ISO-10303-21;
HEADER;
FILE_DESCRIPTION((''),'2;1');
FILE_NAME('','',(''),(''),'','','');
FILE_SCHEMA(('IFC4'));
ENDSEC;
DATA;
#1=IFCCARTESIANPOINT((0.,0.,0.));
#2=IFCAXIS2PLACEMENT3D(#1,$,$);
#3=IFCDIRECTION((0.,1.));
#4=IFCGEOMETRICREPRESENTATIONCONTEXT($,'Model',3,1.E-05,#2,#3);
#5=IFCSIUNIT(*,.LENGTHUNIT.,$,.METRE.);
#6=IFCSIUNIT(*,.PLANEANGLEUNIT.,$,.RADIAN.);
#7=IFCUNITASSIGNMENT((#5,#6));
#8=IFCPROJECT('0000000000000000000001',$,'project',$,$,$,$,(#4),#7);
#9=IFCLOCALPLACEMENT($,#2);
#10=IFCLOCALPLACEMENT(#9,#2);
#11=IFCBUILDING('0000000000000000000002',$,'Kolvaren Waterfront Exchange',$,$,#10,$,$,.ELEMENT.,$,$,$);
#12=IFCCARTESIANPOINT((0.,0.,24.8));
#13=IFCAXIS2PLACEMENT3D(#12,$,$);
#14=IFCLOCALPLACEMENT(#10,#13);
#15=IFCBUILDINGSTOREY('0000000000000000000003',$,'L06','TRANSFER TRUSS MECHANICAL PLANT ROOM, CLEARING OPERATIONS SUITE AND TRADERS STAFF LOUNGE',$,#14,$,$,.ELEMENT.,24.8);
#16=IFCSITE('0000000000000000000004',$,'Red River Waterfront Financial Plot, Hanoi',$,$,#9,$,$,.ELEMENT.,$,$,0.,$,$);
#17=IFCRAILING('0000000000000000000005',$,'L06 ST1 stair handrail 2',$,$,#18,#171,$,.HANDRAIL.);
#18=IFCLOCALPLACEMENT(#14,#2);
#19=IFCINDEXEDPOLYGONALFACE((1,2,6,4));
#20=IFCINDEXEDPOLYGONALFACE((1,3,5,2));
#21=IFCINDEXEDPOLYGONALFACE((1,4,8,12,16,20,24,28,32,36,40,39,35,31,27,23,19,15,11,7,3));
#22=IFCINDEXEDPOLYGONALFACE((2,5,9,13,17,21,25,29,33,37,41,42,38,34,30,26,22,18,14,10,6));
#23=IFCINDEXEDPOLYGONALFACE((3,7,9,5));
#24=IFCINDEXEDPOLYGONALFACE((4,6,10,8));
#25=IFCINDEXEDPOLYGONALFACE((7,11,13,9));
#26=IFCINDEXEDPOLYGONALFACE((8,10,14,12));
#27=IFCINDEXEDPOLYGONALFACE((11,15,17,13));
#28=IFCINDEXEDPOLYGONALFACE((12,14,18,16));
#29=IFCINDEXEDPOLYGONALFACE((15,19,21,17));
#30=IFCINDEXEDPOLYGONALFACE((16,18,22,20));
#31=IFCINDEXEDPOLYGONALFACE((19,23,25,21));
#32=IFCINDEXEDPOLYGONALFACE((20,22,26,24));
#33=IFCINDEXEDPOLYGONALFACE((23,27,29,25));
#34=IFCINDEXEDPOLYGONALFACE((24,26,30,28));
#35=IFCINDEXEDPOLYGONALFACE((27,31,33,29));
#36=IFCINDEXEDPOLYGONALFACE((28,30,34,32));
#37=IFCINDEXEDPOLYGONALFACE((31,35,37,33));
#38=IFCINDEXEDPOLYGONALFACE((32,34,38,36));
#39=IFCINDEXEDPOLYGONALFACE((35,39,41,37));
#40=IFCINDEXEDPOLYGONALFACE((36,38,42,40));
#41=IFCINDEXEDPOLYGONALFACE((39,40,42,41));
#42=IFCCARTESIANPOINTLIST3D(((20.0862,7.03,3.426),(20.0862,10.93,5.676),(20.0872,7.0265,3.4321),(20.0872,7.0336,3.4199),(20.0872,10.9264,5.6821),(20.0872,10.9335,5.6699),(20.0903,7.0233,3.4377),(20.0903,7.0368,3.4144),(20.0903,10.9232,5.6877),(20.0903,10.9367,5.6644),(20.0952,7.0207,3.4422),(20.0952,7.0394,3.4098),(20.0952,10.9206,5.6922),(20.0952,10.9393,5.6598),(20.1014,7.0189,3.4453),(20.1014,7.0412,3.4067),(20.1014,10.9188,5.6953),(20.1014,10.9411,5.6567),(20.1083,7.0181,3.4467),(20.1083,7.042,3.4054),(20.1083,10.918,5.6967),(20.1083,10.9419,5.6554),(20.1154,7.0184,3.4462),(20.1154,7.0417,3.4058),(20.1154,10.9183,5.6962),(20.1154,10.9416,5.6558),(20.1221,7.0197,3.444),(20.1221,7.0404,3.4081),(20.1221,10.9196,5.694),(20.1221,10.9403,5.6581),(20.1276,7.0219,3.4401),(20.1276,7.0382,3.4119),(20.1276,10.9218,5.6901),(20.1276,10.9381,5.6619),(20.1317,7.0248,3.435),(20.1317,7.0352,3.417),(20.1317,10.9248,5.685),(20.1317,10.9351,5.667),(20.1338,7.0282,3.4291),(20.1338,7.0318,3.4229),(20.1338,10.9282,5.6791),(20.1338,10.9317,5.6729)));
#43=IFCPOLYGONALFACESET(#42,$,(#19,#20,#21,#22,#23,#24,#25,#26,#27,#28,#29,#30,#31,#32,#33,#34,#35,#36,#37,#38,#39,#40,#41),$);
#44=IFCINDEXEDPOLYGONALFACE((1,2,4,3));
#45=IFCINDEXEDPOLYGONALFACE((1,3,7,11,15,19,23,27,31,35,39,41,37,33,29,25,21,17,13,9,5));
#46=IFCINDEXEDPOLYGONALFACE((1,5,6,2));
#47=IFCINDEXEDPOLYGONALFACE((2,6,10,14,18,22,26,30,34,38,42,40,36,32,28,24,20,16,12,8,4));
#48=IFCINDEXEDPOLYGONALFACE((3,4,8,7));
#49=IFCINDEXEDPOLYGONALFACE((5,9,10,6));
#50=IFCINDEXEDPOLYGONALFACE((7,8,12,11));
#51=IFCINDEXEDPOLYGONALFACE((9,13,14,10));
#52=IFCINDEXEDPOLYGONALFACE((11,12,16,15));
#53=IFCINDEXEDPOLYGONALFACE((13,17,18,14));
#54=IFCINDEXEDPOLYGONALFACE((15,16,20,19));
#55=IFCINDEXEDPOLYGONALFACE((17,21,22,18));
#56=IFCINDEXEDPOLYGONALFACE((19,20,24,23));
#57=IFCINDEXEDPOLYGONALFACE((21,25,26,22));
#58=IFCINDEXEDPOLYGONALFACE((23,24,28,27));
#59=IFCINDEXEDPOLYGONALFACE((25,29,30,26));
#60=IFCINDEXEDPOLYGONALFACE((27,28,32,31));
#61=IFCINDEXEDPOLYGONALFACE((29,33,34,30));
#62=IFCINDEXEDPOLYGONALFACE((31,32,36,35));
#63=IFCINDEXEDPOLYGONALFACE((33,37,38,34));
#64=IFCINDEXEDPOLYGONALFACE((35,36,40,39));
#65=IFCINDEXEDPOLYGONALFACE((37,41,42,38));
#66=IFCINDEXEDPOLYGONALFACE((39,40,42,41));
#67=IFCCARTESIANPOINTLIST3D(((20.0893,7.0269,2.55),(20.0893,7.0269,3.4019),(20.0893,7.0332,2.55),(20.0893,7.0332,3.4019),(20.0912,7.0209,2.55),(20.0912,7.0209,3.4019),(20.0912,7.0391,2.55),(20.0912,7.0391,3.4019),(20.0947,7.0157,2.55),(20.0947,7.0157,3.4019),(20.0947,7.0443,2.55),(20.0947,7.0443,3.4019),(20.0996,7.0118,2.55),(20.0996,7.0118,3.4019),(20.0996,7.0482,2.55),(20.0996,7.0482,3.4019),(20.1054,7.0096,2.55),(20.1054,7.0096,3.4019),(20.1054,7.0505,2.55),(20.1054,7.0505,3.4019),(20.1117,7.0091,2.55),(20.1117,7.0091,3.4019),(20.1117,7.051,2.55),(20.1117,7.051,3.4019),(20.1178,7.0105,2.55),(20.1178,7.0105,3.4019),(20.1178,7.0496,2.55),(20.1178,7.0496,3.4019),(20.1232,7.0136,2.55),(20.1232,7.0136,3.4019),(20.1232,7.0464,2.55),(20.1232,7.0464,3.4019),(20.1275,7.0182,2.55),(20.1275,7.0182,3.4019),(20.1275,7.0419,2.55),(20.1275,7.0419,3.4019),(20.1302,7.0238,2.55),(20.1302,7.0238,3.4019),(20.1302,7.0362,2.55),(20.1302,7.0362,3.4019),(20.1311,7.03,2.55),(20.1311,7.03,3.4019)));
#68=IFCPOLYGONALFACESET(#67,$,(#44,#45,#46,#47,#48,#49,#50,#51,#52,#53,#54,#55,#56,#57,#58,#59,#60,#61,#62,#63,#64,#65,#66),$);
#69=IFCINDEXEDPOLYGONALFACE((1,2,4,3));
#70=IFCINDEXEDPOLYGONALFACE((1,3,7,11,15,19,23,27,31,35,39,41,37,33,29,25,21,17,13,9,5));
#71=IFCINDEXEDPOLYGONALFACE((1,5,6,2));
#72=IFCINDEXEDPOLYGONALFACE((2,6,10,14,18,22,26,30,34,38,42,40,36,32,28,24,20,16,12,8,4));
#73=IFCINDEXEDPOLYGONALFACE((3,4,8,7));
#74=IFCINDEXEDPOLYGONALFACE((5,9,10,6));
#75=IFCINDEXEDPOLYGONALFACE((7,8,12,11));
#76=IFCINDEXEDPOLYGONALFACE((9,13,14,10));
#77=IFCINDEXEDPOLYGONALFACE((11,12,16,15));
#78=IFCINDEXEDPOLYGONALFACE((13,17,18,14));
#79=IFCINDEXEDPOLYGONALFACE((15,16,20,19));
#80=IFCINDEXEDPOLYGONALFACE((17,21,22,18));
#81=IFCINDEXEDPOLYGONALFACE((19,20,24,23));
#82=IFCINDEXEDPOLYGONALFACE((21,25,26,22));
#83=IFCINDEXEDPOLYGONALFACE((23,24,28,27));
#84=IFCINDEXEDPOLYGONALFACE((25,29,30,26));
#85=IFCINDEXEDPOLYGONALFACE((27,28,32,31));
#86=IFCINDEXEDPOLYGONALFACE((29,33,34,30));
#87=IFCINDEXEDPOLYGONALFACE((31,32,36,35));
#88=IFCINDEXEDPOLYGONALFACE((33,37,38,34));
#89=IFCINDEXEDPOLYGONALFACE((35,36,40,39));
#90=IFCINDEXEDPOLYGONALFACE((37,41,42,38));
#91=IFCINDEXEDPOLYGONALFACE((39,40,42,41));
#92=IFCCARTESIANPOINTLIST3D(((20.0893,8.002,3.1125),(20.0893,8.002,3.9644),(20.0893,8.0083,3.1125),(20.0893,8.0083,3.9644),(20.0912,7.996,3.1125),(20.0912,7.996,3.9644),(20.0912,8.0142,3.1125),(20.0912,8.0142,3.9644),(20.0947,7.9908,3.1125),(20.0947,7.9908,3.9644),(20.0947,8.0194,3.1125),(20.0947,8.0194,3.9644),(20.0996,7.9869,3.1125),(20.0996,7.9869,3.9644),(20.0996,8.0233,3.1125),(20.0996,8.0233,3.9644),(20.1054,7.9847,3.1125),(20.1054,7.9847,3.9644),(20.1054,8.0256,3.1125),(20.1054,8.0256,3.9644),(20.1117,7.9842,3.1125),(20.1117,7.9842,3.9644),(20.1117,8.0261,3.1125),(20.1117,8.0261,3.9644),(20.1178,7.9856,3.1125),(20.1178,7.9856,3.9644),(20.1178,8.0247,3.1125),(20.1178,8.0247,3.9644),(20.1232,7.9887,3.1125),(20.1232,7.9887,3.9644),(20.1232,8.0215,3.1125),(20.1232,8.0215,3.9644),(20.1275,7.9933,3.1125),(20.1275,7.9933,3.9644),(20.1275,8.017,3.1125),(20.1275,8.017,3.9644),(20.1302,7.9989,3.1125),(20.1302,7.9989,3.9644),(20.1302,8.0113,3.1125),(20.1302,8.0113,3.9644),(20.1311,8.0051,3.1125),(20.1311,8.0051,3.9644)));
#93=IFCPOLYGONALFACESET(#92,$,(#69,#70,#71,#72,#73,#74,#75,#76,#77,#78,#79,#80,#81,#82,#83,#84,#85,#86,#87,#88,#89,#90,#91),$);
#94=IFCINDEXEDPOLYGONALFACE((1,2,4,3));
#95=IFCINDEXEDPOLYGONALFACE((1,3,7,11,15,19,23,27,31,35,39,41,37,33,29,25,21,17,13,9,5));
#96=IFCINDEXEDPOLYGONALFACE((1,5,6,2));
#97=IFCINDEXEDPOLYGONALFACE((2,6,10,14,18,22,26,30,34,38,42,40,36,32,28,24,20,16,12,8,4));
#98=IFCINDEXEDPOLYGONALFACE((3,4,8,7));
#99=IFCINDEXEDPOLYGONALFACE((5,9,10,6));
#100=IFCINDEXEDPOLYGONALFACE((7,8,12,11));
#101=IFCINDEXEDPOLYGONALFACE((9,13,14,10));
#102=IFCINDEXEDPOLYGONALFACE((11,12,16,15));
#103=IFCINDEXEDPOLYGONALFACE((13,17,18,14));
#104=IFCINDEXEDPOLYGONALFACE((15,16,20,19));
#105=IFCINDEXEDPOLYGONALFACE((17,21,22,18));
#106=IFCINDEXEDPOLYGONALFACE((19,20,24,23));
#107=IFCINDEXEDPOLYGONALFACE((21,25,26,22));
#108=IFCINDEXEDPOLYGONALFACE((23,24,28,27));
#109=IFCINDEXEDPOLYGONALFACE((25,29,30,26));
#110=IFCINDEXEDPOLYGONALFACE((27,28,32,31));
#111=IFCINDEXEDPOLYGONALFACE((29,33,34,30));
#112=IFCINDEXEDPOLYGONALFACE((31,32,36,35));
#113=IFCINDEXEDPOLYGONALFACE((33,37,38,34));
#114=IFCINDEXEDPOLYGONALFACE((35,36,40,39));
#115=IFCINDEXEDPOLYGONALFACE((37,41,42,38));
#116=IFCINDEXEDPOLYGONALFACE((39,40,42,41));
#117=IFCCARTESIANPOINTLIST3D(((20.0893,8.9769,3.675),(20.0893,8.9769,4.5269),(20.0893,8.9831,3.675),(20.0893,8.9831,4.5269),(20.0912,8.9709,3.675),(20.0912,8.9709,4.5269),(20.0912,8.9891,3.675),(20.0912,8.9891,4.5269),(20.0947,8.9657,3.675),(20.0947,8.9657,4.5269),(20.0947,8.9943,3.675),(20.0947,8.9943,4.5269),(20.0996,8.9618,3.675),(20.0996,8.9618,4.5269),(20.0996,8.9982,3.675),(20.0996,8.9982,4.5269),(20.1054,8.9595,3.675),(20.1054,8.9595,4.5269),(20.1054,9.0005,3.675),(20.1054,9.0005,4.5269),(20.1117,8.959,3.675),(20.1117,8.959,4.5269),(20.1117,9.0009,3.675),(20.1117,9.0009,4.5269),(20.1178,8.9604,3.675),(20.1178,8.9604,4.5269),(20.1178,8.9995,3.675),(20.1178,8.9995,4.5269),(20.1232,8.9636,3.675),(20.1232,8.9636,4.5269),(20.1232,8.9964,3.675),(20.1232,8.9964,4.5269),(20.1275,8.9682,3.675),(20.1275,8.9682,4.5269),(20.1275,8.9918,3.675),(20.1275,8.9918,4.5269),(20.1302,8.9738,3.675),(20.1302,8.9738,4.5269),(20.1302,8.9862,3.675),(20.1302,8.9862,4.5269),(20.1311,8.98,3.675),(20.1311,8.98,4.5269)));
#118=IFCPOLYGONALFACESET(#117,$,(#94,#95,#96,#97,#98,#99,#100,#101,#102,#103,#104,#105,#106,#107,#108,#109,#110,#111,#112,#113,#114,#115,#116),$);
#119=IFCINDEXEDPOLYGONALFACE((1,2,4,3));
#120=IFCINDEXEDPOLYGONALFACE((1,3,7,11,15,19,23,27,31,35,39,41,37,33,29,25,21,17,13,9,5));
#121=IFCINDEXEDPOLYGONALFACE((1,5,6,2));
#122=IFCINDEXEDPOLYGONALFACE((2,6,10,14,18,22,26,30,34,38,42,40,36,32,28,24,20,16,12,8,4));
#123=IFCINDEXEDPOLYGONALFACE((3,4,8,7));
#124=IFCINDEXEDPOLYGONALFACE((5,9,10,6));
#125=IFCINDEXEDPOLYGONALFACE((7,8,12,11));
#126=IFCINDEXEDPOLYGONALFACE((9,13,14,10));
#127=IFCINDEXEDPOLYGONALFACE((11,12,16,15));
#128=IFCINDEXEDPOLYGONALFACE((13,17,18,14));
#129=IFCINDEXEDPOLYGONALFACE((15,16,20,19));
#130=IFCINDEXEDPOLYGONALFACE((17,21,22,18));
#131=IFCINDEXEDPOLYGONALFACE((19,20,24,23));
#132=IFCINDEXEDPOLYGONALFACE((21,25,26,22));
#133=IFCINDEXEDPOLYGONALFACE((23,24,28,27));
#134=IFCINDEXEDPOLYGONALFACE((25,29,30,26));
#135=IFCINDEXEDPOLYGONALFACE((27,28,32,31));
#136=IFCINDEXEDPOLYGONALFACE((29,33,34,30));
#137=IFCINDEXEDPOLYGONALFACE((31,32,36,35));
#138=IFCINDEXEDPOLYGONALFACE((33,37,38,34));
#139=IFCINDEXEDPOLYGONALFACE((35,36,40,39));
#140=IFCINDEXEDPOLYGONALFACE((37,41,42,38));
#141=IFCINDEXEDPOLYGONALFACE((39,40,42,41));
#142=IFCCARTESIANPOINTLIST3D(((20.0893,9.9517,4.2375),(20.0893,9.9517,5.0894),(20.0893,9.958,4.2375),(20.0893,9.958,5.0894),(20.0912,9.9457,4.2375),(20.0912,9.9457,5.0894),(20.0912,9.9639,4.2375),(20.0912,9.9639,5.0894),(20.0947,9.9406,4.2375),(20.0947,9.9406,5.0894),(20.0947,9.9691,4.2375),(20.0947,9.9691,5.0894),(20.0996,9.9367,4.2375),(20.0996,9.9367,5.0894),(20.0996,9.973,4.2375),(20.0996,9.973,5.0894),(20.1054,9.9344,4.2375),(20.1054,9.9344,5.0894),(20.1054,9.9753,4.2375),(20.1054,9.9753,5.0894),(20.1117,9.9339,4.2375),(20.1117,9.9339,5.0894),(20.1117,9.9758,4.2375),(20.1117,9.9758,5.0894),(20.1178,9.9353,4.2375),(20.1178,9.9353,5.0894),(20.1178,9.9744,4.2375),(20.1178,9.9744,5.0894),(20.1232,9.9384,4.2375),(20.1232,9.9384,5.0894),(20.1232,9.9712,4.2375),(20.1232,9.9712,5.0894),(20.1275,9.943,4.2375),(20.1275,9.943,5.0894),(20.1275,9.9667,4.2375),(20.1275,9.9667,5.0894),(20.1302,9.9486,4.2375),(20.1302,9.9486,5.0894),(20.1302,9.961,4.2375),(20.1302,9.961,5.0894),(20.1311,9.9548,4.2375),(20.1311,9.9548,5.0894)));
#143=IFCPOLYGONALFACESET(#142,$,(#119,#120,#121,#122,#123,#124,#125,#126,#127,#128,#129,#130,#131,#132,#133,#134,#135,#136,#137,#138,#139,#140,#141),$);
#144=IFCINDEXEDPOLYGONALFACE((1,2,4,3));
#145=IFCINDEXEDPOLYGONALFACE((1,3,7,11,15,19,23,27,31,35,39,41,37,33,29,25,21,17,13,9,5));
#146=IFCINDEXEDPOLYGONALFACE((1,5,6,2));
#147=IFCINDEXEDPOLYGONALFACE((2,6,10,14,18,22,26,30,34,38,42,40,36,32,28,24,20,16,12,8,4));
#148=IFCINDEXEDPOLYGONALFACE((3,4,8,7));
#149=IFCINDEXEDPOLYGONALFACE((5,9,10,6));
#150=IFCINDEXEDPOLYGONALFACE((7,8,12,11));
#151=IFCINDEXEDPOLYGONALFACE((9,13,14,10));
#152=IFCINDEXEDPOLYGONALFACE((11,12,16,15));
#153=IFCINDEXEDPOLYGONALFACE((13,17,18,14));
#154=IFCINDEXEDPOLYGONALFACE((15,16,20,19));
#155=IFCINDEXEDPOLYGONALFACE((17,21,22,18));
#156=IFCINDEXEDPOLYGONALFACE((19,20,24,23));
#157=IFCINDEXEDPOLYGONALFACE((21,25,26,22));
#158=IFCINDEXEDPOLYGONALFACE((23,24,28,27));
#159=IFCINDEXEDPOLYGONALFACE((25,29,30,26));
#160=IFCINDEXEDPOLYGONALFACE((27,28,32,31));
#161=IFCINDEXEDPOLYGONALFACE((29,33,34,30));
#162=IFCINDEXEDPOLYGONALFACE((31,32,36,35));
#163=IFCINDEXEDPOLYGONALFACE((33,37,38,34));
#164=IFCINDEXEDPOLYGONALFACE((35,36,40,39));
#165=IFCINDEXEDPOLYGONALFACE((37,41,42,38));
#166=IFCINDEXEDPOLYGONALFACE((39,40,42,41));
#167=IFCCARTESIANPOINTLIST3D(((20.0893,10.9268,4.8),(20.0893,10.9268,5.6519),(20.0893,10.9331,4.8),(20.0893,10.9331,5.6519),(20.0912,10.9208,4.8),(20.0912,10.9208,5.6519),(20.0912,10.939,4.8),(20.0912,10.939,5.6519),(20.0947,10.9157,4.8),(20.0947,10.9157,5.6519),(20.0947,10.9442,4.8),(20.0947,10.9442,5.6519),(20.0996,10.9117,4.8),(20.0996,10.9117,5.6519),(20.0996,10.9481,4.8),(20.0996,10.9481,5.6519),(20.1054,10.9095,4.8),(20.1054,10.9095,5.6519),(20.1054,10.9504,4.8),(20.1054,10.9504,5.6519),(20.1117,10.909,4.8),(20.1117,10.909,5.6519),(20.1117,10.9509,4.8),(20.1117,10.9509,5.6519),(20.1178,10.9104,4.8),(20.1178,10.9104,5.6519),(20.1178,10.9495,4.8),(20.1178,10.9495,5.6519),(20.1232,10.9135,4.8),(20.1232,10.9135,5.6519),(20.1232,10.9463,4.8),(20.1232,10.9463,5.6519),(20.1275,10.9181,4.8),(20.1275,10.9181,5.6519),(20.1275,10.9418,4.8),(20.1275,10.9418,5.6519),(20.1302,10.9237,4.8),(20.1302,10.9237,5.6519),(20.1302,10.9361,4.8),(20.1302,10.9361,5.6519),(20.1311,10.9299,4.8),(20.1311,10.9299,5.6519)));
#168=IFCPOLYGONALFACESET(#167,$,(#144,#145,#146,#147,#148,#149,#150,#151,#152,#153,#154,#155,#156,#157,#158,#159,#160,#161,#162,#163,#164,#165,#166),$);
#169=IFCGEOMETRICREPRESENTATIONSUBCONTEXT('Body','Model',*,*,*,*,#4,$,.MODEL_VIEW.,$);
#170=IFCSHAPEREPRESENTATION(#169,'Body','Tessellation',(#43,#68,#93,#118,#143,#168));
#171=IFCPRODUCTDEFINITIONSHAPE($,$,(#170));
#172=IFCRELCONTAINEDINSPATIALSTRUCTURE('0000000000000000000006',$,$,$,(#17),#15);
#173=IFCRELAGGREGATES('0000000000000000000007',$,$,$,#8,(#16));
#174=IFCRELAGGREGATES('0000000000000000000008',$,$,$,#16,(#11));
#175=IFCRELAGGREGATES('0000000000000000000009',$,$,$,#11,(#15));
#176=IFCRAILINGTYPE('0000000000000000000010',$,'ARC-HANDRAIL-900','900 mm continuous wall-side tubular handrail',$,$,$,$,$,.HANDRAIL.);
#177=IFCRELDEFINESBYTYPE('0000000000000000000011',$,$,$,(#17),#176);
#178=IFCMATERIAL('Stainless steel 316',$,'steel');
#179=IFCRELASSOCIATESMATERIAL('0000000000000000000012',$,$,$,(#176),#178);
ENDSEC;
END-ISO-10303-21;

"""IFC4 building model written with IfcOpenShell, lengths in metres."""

from ifc_helpers import new_model, si_unit, direction, frame, origin, origin_2d, place, context, subcontext, project, spatial, circle, extrude, material, type_object, element, save


model = new_model("IFC4")

# Units and contexts
model_context = context("Model", 3, precision=1e-05, world=origin(), true_north=direction((0.0, 1.0)))
body_context = subcontext(model_context, "Body", "Model", "MODEL_VIEW")
ifc_project = project(units=[si_unit("LENGTHUNIT", "METRE"), si_unit("PLANEANGLEUNIT", "RADIAN")], contexts=[model_context])

# Site, building, storey
site_placement = place(None, origin())
site = spatial("IfcSite", under=ifc_project, at=site_placement, Name="Red River Waterfront Financial Plot, Hanoi", CompositionType="ELEMENT", RefElevation=0.0)
building_placement = place(site_placement, origin())
building = spatial("IfcBuilding", under=site, at=building_placement, Name="Kolvaren Waterfront Exchange", CompositionType="ELEMENT")
storey_placement = place(building_placement, frame((0.0, 0.0, 24.8)))
storey = spatial("IfcBuildingStorey", under=building, at=storey_placement, Name="L06", Description="TRANSFER TRUSS MECHANICAL PLANT ROOM, CLEARING OPERATIONS SUITE AND TRADERS STAFF LOUNGE", CompositionType="ELEMENT", Elevation=24.8)

# Railing
ifc_material_1 = material(Name="Stainless steel 316", Category="steel")
railing_type_1 = type_object("IfcRailingType", Name="ARC-HANDRAIL-900", Description="900 mm continuous wall-side tubular handrail", PredefinedType="HANDRAIL", material=ifc_material_1)
railing_1_placement = place(storey_placement, frame((20.1101, 7.03, 2.55)))
element("IfcRailing", 1, at=railing_1_placement, inside=storey, type_object=railing_type_1, Name="L06 ST1 stair handrail 2", PredefinedType="HANDRAIL", context=body_context, shape_type="SweptSolid", body=[
    extrude(circle(Radius=0.0239, at=origin_2d()), frame((0.0, 0.0, 0.876), z_axis=(0.0, 0.86618, 0.499732), x_axis=(-1.0, 0.0, 0.0)), (0.0, 0.0, 1.0), 4.5024),
    extrude(circle(Radius=0.021, at=origin_2d()), origin(), (0.0, 0.0, 1.0), 0.8518),
    extrude(circle(Radius=0.021, at=origin_2d()), frame((0.0, 0.9751, 0.5625)), (0.0, 0.0, 1.0), 0.8518),
    extrude(circle(Radius=0.021, at=origin_2d()), frame((0.0, 1.95, 1.125)), (0.0, 0.0, 1.0), 0.8518),
    extrude(circle(Radius=0.021, at=origin_2d()), frame((0.0, 2.9248, 1.6875)), (0.0, 0.0, 1.0), 0.8518),
    extrude(circle(Radius=0.021, at=origin_2d()), frame((0.0, 3.8999, 2.25)), (0.0, 0.0, 1.0), 0.8518),
])

save(model, "model.ifc")
